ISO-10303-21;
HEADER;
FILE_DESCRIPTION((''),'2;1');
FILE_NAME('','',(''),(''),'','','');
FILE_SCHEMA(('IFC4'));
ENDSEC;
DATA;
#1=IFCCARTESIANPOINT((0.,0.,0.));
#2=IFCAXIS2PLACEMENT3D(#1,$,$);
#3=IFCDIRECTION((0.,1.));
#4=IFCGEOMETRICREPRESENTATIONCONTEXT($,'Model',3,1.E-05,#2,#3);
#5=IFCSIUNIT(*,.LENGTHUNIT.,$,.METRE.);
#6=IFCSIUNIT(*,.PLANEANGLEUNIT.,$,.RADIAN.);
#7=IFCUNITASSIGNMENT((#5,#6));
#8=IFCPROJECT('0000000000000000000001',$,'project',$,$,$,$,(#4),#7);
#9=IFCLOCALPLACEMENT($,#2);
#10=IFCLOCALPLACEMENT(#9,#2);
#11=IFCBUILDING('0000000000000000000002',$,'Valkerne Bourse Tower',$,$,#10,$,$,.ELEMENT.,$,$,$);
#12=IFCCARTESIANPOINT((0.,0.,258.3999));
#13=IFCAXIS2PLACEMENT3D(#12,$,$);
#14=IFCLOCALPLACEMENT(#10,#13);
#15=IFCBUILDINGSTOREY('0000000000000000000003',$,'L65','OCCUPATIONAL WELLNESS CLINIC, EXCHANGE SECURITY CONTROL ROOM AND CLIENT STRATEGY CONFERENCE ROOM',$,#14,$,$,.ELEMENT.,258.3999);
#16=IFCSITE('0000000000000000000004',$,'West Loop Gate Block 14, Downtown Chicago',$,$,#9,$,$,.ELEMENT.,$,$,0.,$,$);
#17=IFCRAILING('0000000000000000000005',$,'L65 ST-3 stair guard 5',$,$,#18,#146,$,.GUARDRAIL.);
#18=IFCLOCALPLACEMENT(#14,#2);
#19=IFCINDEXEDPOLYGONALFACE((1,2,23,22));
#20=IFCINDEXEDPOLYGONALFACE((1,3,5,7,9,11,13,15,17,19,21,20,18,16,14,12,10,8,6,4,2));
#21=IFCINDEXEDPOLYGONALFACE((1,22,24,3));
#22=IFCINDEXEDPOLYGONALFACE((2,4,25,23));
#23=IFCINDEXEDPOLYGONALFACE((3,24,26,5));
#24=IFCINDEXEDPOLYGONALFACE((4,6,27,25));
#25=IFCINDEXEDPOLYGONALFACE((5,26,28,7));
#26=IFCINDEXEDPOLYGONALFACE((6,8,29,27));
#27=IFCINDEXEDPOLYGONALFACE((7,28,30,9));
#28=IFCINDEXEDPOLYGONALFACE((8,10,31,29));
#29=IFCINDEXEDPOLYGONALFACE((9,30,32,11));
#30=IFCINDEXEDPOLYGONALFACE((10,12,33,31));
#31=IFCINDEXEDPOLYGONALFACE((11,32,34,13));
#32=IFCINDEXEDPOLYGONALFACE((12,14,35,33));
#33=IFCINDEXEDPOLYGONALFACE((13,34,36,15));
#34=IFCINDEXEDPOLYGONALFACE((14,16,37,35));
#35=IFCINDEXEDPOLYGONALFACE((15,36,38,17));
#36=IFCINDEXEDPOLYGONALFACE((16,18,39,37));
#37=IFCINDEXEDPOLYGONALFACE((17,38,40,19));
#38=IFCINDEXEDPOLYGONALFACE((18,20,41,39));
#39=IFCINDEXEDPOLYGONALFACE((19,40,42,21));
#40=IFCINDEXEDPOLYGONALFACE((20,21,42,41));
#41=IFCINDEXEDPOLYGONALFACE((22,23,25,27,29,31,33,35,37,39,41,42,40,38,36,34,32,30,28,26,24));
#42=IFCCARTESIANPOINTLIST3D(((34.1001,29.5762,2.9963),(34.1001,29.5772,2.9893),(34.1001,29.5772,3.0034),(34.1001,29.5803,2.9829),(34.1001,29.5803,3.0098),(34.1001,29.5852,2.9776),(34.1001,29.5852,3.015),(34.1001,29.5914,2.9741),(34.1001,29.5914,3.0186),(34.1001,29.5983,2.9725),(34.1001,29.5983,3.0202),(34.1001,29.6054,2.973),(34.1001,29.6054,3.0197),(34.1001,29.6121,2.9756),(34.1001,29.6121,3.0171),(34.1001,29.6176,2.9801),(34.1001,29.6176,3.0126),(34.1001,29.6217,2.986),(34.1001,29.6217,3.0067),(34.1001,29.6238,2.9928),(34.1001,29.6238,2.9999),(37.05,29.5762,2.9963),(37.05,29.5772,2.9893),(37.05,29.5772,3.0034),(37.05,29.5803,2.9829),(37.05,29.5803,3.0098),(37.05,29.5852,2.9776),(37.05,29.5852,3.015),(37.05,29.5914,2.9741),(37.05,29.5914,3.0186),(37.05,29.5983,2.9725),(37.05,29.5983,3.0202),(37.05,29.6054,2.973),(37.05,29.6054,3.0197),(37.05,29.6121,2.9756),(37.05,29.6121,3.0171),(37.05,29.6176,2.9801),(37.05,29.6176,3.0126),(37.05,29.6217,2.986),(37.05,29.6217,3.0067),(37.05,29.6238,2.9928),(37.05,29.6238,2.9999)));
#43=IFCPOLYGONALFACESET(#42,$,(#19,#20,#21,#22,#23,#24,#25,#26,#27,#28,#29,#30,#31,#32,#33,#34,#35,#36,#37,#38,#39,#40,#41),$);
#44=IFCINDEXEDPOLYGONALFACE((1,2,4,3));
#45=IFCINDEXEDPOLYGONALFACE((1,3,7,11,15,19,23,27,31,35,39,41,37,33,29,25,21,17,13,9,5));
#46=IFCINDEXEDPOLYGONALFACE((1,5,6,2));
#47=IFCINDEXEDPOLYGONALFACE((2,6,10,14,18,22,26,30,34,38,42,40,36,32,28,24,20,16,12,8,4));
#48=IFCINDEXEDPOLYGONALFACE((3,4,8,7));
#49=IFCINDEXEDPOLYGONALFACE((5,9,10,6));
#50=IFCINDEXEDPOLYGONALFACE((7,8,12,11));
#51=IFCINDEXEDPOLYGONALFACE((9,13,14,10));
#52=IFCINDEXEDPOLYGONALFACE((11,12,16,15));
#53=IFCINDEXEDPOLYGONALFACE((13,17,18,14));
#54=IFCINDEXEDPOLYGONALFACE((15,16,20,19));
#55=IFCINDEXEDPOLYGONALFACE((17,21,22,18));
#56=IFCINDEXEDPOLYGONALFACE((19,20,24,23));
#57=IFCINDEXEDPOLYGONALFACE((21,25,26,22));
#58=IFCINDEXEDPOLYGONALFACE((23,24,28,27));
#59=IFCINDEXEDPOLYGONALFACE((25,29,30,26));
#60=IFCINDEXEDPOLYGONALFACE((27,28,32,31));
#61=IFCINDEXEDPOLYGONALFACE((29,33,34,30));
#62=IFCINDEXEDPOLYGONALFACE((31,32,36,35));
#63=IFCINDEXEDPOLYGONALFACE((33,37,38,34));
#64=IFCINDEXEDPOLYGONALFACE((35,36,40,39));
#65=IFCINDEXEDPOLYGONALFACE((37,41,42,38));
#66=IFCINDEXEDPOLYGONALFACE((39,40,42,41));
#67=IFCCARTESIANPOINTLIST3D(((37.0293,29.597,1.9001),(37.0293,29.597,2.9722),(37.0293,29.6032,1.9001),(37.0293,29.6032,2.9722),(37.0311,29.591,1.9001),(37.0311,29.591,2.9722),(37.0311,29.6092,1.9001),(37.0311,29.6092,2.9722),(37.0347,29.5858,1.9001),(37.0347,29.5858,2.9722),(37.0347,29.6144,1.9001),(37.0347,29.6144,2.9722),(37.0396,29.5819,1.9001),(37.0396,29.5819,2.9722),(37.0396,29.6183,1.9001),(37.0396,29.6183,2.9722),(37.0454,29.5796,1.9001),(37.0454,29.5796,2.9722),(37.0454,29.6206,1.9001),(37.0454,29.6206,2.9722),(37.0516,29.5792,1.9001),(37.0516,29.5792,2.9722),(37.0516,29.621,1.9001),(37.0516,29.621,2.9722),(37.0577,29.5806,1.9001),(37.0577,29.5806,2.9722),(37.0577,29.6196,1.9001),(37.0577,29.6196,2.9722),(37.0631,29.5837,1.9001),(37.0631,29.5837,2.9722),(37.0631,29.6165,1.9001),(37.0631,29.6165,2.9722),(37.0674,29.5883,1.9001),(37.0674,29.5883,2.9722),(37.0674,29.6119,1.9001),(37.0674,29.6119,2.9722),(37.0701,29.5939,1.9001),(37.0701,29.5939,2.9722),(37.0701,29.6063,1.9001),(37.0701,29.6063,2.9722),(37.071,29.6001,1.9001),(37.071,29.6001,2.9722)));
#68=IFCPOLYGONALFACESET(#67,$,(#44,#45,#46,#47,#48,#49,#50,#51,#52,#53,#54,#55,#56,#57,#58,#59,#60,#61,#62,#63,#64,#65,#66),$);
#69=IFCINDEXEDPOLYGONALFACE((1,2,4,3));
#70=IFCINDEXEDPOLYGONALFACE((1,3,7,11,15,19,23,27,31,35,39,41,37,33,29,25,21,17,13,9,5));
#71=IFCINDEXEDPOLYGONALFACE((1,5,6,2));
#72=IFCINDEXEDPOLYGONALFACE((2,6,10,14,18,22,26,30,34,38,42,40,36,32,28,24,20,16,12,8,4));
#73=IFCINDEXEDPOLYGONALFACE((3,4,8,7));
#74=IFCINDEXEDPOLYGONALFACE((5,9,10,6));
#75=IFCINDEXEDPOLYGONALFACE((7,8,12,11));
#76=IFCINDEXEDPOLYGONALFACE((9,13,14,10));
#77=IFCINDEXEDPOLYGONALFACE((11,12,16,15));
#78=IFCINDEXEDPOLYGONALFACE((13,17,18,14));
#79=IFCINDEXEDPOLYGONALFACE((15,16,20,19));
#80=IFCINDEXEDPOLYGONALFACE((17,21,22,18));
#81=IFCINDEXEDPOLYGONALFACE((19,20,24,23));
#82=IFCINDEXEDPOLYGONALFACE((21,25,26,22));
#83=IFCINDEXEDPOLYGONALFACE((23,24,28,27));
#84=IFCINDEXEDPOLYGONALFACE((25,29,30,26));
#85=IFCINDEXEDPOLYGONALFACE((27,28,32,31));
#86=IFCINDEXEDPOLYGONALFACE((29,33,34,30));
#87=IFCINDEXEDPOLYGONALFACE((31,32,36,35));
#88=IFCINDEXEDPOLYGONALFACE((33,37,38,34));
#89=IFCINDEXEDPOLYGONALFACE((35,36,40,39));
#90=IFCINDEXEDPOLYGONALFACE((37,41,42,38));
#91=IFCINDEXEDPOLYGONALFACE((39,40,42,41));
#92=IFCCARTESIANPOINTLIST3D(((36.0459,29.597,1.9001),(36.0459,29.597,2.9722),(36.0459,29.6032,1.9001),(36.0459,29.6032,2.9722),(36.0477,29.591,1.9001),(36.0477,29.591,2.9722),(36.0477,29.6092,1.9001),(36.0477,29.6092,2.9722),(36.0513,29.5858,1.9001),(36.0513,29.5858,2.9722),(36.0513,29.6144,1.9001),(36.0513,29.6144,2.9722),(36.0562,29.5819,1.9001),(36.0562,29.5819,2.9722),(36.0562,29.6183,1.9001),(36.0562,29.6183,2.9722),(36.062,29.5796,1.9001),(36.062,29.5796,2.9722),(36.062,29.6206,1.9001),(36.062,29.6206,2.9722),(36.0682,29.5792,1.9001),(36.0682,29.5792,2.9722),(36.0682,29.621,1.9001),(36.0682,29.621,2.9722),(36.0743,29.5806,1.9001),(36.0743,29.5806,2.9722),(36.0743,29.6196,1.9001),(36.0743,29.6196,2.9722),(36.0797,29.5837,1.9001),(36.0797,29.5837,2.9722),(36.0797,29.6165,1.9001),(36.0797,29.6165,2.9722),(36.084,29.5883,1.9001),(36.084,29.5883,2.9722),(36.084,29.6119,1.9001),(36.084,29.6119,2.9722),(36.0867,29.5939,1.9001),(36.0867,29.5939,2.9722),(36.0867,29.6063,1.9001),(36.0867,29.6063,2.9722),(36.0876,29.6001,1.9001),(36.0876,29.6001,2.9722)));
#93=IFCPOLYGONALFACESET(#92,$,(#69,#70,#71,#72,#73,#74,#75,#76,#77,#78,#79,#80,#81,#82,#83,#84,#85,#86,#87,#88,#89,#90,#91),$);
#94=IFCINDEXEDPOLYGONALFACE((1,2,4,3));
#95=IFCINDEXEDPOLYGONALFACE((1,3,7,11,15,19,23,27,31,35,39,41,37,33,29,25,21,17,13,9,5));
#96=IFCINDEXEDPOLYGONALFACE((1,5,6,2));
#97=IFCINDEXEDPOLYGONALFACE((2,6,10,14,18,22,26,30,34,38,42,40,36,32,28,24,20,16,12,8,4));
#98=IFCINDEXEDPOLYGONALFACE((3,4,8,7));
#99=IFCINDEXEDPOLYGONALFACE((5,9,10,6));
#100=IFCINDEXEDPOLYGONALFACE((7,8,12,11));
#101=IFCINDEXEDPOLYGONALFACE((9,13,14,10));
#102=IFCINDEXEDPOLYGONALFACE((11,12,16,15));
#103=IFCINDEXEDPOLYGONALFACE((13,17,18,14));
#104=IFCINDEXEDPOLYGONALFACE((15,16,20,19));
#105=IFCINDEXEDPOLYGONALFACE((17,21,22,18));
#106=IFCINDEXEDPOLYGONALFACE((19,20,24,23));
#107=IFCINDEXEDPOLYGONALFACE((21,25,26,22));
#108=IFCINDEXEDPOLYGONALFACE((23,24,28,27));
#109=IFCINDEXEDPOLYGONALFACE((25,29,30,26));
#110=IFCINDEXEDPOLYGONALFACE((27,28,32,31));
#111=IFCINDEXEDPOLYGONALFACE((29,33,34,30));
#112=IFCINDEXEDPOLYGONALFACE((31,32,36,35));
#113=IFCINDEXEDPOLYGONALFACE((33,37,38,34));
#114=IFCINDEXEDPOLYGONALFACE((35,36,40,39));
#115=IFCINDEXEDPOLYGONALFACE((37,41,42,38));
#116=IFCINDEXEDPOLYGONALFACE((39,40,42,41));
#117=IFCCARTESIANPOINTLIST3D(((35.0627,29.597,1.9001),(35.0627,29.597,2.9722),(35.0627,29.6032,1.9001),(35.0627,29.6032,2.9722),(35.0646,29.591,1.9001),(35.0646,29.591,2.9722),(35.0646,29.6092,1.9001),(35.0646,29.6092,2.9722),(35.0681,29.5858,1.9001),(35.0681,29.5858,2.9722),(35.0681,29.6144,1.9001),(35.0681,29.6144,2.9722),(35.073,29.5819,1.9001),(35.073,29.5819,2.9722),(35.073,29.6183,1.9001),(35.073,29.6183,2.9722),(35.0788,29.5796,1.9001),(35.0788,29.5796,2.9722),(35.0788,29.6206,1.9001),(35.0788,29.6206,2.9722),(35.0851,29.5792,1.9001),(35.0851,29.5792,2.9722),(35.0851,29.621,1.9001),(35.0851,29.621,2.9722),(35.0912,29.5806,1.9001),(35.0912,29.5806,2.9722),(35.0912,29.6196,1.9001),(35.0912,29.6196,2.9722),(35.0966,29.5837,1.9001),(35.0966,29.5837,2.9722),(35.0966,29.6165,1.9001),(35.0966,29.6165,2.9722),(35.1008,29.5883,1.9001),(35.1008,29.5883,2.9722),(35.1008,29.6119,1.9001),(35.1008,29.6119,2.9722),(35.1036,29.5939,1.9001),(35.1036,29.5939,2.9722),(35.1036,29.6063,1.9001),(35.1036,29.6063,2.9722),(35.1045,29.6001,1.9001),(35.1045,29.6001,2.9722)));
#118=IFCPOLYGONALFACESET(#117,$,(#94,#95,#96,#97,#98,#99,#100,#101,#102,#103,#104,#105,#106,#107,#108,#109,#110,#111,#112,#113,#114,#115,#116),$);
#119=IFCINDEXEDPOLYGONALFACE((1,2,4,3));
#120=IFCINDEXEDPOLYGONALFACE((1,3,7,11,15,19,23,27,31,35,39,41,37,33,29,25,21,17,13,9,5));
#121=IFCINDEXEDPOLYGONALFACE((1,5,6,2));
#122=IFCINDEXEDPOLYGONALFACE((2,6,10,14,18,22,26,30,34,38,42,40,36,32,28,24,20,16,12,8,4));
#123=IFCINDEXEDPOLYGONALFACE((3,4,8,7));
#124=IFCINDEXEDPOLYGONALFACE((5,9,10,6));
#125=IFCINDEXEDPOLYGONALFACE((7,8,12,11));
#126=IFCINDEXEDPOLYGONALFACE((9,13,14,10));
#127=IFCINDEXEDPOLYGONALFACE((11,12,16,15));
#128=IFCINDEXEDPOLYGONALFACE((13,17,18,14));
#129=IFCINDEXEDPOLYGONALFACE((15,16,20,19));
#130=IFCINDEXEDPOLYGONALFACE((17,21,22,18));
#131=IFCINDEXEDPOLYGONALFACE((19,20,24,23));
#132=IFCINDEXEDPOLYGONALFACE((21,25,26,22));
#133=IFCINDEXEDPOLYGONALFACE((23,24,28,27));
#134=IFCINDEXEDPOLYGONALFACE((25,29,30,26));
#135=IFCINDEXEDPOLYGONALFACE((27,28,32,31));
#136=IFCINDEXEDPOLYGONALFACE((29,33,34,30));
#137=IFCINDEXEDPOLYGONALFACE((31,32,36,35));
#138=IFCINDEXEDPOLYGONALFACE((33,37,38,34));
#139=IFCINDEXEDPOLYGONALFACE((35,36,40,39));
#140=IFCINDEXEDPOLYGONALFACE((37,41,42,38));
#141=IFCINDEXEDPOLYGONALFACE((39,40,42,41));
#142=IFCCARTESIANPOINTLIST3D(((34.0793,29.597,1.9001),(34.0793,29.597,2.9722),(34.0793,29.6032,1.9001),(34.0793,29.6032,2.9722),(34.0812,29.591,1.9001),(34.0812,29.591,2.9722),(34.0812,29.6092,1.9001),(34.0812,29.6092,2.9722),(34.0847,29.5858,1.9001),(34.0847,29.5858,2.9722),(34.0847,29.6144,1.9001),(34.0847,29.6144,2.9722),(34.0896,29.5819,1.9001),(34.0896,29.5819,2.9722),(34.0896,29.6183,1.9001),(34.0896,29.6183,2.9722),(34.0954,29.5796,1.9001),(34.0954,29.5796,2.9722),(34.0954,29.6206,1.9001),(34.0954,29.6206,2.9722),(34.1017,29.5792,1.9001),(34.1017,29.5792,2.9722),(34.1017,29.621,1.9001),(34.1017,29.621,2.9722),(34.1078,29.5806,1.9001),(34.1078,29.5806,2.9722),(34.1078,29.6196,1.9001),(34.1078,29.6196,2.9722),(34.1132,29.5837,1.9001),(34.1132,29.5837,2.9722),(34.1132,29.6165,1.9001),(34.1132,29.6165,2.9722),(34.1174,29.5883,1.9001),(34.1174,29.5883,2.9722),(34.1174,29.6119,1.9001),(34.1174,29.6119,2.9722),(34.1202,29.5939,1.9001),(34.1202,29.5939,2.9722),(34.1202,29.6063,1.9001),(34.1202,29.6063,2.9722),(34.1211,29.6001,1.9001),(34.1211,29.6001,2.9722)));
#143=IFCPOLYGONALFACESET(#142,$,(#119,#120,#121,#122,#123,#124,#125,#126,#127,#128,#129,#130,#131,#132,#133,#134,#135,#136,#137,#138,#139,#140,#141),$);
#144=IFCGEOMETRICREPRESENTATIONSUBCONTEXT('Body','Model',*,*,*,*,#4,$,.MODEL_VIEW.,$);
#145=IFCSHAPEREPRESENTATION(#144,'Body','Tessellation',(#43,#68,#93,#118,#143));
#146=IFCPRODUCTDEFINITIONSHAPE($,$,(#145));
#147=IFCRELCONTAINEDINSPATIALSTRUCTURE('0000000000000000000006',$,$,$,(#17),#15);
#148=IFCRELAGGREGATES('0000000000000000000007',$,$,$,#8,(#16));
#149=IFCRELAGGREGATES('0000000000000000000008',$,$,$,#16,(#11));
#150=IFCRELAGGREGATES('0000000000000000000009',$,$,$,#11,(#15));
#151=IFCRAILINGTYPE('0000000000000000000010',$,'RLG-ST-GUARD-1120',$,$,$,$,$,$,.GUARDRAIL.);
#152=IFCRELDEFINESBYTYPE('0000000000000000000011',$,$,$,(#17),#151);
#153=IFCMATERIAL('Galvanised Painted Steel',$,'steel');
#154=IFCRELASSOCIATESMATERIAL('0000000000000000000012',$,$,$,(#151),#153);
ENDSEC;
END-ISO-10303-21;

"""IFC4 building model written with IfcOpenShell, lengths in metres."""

from ifc_helpers import new_model, si_unit, direction, frame, origin, origin_2d, place, context, subcontext, project, spatial, circle, extrude, material, type_object, element, save


model = new_model("IFC4")

# Units and contexts
model_context = context("Model", 3, precision=1e-05, world=origin(), true_north=direction((0.0, 1.0)))
body_context = subcontext(model_context, "Body", "Model", "MODEL_VIEW")
ifc_project = project(units=[si_unit("LENGTHUNIT", "METRE"), si_unit("PLANEANGLEUNIT", "RADIAN")], contexts=[model_context])

# Site, building, storey
site_placement = place(None, origin())
site = spatial("IfcSite", under=ifc_project, at=site_placement, Name="West Loop Gate Block 14, Downtown Chicago", CompositionType="ELEMENT", RefElevation=0.0)
building_placement = place(site_placement, origin())
building = spatial("IfcBuilding", under=site, at=building_placement, Name="Valkerne Bourse Tower", CompositionType="ELEMENT")
storey_placement = place(building_placement, frame((0.0, 0.0, 258.3999)))
storey = spatial("IfcBuildingStorey", under=building, at=storey_placement, Name="L65", Description="OCCUPATIONAL WELLNESS CLINIC, EXCHANGE SECURITY CONTROL ROOM AND CLIENT STRATEGY CONFERENCE ROOM", CompositionType="ELEMENT", Elevation=258.3999)

# Railing
ifc_material_1 = material(Name="Galvanised Painted Steel", Category="steel")
railing_type_1 = type_object("IfcRailingType", Name="RLG-ST-GUARD-1120", PredefinedType="GUARDRAIL", material=ifc_material_1)
railing_1_placement = place(storey_placement, frame((37.05, 29.6001, 1.9001)))
element("IfcRailing", 1, at=railing_1_placement, inside=storey, type_object=railing_type_1, Name="L65 ST-3 stair guard 5", PredefinedType="GUARDRAIL", context=body_context, shape_type="SweptSolid", body=[
    extrude(circle(Radius=0.0239, at=origin_2d()), frame((0.0, 0.0, 1.0962), z_axis=(-1.0, 0.0, 0.0), x_axis=(0.0, -1.0, 0.0)), (0.0, 0.0, 1.0), 2.95),
    extrude(circle(Radius=0.021, at=origin_2d()), origin(), (0.0, 0.0, 1.0), 1.072),
    extrude(circle(Radius=0.021, at=origin_2d()), frame((-0.9834, 0.0, 0.0)), (0.0, 0.0, 1.0), 1.072),
    extrude(circle(Radius=0.021, at=origin_2d()), frame((-1.9666, 0.0, 0.0)), (0.0, 0.0, 1.0), 1.072),
    extrude(circle(Radius=0.021, at=origin_2d()), frame((-2.95, 0.0, 0.0)), (0.0, 0.0, 1.0), 1.072),
])

save(model, "model.ifc")
